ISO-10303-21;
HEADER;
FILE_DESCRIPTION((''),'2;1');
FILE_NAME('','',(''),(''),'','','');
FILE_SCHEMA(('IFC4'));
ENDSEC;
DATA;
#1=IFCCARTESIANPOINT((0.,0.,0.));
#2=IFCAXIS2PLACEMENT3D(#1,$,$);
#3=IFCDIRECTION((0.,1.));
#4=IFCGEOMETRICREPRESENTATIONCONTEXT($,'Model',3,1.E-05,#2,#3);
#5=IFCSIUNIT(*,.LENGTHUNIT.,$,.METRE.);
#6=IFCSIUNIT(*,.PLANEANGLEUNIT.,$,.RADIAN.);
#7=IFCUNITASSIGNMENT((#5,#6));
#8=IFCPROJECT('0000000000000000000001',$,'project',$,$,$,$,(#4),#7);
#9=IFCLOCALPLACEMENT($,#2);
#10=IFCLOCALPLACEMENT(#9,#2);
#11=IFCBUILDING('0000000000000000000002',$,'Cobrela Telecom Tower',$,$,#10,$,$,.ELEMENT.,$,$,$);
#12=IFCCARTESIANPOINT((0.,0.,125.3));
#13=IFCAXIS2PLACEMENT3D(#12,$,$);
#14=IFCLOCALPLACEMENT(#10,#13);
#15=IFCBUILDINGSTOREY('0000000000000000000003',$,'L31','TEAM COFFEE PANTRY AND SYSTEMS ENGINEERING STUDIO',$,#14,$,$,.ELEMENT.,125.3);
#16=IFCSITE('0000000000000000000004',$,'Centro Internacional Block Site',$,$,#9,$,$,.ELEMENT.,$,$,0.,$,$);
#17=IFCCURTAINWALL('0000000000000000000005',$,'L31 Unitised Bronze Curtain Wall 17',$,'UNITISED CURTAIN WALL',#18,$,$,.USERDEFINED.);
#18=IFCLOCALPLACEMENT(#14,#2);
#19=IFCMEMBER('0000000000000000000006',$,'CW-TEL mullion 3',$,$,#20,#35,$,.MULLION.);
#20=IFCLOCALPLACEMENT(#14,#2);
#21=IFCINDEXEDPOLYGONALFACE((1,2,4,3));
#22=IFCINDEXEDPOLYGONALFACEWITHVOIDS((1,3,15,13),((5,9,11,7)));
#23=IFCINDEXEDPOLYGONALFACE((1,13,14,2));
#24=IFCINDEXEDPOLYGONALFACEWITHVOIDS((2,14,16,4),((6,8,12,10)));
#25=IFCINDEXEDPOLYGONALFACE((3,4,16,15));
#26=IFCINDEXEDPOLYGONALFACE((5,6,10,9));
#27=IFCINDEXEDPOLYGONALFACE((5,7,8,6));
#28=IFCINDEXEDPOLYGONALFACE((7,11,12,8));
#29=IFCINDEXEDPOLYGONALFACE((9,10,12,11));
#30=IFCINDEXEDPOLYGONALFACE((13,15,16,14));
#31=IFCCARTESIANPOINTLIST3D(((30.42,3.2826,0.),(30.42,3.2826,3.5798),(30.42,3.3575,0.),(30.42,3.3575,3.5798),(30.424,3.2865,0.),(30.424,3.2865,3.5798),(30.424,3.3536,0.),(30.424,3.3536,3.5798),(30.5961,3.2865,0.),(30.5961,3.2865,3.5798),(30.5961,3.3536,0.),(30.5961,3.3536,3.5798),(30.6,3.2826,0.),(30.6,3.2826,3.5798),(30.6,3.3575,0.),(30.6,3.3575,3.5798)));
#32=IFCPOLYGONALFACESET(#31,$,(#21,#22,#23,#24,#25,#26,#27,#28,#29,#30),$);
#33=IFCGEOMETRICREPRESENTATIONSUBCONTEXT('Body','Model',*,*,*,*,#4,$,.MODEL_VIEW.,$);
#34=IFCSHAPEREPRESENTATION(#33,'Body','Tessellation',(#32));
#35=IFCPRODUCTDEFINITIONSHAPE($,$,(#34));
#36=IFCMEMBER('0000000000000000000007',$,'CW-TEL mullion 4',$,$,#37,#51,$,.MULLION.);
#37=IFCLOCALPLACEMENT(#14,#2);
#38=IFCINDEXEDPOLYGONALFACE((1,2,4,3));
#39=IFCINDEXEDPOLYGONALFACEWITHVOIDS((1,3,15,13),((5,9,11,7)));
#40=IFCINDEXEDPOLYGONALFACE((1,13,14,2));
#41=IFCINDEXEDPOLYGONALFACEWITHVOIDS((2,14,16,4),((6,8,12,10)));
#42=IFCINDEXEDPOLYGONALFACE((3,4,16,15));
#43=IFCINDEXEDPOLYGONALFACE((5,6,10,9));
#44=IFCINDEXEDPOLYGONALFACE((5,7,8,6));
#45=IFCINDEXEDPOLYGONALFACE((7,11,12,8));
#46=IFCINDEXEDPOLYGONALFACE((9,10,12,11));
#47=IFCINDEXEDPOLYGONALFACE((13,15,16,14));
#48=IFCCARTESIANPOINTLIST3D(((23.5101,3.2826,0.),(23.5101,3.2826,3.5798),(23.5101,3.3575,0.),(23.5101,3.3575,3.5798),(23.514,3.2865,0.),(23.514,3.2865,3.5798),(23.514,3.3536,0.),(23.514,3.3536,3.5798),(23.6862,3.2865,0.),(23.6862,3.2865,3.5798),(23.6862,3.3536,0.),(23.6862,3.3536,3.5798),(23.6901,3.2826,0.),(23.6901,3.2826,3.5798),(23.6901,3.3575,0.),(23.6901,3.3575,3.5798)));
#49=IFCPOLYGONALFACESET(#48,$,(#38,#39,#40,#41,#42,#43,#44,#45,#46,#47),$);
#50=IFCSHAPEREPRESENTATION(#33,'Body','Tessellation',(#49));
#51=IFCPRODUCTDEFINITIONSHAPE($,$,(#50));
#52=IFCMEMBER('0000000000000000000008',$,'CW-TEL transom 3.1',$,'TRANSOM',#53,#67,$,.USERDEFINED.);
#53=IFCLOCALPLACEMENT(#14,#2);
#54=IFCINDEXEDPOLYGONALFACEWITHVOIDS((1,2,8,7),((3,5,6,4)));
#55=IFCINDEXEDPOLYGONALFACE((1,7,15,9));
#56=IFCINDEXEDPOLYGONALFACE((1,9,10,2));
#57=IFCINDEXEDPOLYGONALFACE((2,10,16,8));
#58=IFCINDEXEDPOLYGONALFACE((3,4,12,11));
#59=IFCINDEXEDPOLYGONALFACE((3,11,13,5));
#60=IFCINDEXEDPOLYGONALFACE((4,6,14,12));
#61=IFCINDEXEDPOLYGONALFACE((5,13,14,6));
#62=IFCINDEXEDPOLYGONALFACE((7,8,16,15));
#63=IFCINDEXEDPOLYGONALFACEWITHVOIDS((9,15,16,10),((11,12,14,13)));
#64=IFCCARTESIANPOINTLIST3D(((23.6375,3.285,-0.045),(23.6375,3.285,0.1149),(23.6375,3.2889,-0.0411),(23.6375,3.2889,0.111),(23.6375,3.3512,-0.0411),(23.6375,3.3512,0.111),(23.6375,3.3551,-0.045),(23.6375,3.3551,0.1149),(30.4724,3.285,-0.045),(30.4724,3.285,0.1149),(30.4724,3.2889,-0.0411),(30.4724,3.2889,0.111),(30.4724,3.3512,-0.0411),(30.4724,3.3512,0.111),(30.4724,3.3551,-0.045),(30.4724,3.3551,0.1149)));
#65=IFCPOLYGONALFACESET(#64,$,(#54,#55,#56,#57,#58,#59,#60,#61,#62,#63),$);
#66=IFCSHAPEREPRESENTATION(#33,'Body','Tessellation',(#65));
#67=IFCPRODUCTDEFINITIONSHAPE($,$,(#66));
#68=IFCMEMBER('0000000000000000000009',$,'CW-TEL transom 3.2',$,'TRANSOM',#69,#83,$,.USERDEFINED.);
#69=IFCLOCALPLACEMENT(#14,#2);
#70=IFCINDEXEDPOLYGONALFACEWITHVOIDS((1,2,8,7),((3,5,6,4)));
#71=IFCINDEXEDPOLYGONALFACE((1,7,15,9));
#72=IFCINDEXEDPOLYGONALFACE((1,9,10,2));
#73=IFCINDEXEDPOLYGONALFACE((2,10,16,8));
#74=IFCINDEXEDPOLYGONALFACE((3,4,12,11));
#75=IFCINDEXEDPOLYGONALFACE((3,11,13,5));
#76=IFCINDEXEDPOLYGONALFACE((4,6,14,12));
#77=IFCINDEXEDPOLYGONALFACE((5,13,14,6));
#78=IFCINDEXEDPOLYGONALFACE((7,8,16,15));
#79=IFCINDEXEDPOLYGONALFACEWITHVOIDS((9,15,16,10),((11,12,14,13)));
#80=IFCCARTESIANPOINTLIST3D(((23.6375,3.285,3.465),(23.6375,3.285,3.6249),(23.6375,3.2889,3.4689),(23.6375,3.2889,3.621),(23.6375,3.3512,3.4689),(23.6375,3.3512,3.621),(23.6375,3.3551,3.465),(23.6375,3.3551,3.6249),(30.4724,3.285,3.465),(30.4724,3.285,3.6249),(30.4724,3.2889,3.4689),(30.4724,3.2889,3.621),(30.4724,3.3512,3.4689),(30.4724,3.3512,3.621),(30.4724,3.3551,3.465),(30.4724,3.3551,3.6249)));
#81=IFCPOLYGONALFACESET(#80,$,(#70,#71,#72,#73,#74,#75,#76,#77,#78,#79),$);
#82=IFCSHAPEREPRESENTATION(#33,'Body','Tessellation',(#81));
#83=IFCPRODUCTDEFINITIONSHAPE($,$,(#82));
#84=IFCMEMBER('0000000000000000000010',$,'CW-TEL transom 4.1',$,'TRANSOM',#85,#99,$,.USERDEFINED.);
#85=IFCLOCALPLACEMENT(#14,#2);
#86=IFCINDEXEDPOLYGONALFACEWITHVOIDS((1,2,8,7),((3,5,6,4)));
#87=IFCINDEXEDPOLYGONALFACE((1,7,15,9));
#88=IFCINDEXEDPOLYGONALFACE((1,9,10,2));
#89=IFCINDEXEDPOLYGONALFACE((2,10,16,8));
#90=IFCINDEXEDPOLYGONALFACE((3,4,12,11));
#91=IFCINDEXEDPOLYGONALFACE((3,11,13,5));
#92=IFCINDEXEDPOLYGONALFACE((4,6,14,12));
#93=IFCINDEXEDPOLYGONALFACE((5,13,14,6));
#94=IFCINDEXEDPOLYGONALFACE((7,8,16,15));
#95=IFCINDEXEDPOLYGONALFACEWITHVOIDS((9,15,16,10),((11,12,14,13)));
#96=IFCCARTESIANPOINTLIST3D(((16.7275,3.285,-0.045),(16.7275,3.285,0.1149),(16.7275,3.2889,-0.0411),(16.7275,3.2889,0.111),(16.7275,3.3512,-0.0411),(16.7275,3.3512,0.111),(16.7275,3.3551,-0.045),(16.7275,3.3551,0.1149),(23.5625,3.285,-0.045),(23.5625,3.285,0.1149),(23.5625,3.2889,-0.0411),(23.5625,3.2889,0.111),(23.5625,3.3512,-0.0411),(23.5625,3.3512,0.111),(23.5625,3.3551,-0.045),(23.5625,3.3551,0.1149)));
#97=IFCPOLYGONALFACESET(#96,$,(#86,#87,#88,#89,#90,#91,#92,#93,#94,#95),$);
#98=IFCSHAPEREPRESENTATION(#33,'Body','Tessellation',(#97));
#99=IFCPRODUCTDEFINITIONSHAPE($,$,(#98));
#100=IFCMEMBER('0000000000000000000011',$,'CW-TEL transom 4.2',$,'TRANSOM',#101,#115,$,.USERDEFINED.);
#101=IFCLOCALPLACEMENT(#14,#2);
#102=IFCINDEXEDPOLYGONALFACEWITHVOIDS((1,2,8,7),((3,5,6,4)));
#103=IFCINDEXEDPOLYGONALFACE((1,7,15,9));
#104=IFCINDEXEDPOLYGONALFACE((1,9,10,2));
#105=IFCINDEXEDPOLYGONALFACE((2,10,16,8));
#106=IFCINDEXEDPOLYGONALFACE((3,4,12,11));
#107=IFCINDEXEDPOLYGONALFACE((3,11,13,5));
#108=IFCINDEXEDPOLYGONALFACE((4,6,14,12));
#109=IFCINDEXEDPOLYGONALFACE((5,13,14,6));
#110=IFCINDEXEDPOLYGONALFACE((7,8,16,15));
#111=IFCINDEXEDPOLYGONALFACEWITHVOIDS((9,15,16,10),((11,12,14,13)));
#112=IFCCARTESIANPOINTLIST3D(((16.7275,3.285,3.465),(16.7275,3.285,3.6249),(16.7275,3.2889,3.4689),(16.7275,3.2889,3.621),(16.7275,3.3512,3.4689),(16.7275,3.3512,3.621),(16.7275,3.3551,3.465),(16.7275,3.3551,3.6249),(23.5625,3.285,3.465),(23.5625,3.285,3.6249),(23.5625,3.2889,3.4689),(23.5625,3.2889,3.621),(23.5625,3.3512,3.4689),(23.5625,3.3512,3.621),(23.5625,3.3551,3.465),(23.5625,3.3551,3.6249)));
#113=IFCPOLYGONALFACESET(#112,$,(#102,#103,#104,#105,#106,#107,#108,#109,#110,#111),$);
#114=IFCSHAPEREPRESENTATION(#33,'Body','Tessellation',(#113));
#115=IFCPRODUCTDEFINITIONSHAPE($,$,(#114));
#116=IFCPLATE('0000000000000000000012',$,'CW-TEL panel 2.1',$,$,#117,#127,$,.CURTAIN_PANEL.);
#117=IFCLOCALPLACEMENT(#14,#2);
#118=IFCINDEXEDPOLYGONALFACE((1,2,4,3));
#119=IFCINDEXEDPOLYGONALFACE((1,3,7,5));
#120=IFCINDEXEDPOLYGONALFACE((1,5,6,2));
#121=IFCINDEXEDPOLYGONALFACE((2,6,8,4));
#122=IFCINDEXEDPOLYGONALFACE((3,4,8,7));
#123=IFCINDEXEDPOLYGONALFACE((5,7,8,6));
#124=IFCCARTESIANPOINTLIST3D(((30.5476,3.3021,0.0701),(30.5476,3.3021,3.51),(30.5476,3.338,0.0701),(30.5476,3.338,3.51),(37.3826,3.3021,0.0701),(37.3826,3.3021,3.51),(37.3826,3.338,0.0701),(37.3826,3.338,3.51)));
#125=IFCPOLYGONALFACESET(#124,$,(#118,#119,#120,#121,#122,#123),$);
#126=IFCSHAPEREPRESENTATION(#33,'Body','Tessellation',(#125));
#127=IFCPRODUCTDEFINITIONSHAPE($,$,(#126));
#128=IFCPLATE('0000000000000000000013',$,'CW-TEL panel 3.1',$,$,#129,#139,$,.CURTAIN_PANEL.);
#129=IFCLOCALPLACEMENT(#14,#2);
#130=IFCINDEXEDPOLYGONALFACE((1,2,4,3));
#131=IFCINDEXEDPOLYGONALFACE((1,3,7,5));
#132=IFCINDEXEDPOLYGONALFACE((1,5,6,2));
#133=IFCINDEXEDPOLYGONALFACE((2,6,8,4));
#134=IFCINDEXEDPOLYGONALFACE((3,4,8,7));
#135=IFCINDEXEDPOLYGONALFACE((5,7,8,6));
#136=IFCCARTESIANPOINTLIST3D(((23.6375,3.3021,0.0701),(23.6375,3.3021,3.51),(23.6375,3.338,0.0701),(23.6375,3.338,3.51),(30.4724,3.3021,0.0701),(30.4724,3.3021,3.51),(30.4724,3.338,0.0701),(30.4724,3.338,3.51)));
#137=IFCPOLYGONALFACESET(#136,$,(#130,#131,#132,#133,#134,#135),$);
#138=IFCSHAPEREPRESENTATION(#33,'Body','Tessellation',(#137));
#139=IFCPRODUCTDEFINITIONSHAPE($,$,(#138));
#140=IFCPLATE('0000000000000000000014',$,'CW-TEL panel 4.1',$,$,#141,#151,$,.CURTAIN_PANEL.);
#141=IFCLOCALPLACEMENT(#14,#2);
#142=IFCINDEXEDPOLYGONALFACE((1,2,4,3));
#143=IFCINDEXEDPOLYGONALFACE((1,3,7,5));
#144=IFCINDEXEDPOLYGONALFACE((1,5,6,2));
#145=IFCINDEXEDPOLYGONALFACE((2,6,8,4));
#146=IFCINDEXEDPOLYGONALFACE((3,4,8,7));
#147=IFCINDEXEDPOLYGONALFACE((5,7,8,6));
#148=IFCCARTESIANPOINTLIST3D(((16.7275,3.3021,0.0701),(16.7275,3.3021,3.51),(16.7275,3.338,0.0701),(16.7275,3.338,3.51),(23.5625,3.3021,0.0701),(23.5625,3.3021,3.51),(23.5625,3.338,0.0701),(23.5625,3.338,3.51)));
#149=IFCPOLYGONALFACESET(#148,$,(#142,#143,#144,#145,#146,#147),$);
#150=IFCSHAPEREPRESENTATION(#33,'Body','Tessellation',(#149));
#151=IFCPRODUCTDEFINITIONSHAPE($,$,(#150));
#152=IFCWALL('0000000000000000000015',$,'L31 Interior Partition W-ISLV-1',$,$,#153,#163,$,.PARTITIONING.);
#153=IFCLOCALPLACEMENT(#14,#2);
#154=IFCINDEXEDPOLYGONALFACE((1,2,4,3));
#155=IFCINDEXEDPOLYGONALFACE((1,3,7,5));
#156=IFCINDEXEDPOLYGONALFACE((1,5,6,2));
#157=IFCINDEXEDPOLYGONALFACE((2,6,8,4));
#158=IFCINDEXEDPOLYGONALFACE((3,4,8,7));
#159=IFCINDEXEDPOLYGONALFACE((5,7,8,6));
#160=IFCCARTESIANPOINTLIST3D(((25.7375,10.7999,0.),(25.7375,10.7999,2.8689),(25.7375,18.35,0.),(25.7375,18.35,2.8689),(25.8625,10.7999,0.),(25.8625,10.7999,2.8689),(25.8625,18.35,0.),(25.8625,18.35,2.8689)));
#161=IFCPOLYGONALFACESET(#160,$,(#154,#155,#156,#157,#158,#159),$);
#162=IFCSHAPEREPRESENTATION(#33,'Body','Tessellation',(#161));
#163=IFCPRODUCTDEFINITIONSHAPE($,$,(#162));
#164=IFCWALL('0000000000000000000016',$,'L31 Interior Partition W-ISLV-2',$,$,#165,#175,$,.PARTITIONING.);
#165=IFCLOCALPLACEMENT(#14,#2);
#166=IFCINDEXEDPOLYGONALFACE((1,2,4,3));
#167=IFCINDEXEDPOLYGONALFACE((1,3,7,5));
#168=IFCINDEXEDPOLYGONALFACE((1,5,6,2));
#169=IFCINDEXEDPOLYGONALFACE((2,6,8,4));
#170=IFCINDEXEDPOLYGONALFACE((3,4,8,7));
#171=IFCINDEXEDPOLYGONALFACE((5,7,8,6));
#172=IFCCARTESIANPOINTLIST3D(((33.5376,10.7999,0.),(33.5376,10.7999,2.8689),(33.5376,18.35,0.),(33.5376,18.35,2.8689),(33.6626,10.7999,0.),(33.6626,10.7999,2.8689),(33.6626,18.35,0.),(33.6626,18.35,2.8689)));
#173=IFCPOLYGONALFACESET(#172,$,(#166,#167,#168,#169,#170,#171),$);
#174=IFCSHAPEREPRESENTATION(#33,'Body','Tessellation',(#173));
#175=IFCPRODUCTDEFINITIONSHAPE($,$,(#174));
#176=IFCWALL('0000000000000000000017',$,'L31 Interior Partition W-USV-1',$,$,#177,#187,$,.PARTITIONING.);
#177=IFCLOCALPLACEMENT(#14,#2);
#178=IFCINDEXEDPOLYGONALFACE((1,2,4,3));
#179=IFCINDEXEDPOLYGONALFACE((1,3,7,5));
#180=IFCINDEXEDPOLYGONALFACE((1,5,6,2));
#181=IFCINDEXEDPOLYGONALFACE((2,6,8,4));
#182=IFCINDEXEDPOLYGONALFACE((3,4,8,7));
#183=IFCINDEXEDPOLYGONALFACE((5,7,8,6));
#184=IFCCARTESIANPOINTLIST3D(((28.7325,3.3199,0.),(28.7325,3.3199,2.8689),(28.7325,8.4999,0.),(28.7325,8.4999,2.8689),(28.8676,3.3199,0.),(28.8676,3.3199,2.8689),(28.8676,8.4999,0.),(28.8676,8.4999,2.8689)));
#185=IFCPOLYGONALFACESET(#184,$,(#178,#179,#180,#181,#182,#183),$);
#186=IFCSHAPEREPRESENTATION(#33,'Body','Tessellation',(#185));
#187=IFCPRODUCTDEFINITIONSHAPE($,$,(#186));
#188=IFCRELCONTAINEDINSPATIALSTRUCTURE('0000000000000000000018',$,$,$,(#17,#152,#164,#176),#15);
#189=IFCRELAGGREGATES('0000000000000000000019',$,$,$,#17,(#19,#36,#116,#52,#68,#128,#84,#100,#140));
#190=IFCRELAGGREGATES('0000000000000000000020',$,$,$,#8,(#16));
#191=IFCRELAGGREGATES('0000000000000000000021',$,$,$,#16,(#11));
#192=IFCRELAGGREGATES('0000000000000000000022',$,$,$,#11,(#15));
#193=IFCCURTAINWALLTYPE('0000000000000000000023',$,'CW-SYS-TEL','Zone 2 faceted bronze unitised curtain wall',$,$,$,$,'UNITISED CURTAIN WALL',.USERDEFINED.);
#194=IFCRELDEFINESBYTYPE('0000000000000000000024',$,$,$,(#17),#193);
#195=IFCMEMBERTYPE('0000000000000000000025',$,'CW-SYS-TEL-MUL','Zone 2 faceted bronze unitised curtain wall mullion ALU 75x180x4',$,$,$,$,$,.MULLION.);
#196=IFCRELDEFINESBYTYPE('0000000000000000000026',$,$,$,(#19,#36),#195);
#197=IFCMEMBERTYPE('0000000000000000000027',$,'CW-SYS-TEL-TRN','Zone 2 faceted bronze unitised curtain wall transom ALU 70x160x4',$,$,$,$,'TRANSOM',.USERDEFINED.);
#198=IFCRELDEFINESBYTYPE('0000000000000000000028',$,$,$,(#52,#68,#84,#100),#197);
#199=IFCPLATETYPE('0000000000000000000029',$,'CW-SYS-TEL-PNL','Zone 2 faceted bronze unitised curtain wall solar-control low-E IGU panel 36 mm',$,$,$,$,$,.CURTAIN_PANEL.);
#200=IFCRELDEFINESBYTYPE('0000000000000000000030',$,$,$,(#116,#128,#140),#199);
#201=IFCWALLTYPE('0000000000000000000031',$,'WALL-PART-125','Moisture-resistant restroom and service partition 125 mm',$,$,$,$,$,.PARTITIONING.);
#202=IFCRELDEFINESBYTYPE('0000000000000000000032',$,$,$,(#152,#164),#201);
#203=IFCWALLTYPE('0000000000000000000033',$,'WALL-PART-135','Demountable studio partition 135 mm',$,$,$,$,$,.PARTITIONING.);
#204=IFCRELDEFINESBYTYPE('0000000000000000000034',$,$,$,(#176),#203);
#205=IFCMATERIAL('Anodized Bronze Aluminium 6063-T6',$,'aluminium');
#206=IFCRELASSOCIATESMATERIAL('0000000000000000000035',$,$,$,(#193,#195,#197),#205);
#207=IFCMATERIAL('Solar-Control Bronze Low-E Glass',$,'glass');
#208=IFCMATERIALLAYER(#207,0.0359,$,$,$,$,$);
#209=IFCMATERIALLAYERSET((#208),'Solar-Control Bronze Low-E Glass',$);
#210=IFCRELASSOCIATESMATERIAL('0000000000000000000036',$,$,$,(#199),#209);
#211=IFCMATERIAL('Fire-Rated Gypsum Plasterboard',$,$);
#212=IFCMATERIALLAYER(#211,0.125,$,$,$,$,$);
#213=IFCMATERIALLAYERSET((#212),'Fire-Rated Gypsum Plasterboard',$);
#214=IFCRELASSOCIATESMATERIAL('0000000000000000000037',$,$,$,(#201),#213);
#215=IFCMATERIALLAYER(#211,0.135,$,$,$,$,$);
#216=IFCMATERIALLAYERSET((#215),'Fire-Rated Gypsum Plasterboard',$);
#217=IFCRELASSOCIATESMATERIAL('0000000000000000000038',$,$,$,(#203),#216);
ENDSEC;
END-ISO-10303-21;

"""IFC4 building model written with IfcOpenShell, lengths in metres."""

from ifc_helpers import new_model, si_unit, direction, frame, frame_2d, origin, origin_2d, place, context, subcontext, project, spatial, rectangle, hollow_rectangle, extrude, material, layer, layer_set, material_profile, profile_set, type_object, element, aggregate, save


model = new_model("IFC4")

# Units and contexts
model_context = context("Model", 3, precision=1e-05, world=origin(), true_north=direction((0.0, 1.0)))
body_context = subcontext(model_context, "Body", "Model", "MODEL_VIEW")
ifc_project = project(units=[si_unit("LENGTHUNIT", "METRE"), si_unit("PLANEANGLEUNIT", "RADIAN")], contexts=[model_context])

# Site, building, storey
site_placement = place(None, origin())
site = spatial("IfcSite", under=ifc_project, at=site_placement, Name="Centro Internacional Block Site", CompositionType="ELEMENT", RefElevation=0.0)
building_placement = place(site_placement, origin())
building = spatial("IfcBuilding", under=site, at=building_placement, Name="Cobrela Telecom Tower", CompositionType="ELEMENT")
storey_placement = place(building_placement, frame((0.0, 0.0, 125.3)))
storey = spatial("IfcBuildingStorey", under=building, at=storey_placement, Name="L31", Description="TEAM COFFEE PANTRY AND SYSTEMS ENGINEERING STUDIO", CompositionType="ELEMENT", Elevation=125.3)

# Curtain wall, members, plates
ifc_material_1 = material(Name="Anodized Bronze Aluminium 6063-T6", Category="aluminium")
curtain_wall_type = type_object("IfcCurtainWallType", Name="CW-SYS-TEL", Description="Zone 2 faceted bronze unitised curtain wall", ElementType="UNITISED CURTAIN WALL", PredefinedType="USERDEFINED", material=ifc_material_1)
curtain_wall_placement = place(storey_placement, origin())
curtain_wall = element("IfcCurtainWall", 1, at=curtain_wall_placement, inside=storey, type_object=curtain_wall_type, Name="L31 Unitised Bronze Curtain Wall 17", ObjectType="UNITISED CURTAIN WALL", PredefinedType="USERDEFINED")
ifc_material_profile_1 = material_profile(ifc_material_1, hollow_rectangle(XDim=0.075, YDim=0.1799, WallThickness=0.0039, at=origin_2d()), Name="ALU 75x180x4")
ifc_profile_set_1 = profile_set([ifc_material_profile_1], Name="Anodized Bronze Aluminium 6063-T6")
member_type_1 = type_object("IfcMemberType", Name="CW-SYS-TEL-MUL", Description="Zone 2 faceted bronze unitised curtain wall mullion ALU 75x180x4", PredefinedType="MULLION", material=ifc_profile_set_1)
member_1_placement = place(storey_placement, frame((30.51, 3.3201, 0.0), z_axis=(0.0, 0.0, 1.0), x_axis=(0.0, -1.0, 0.0)))
member_1 = element("IfcMember", 2, at=member_1_placement, type_object=member_type_1, Name="CW-TEL mullion 3", PredefinedType="MULLION", context=body_context, shape_type="SweptSolid", body=[
    extrude(hollow_rectangle(XDim=0.075, YDim=0.1799, WallThickness=0.0039, at=origin_2d()), origin(), (0.0, 0.0, 1.0), 3.5798),
])
member_2_placement = place(storey_placement, frame((23.6001, 3.3201, 0.0), z_axis=(0.0, 0.0, 1.0), x_axis=(0.0, -1.0, 0.0)))
member_2 = element("IfcMember", 3, at=member_2_placement, type_object=member_type_1, Name="CW-TEL mullion 4", PredefinedType="MULLION", context=body_context, shape_type="SweptSolid", body=[
    extrude(hollow_rectangle(XDim=0.075, YDim=0.1799, WallThickness=0.0039, at=origin_2d()), origin(), (0.0, 0.0, 1.0), 3.5798),
])
ifc_material_profile_2 = material_profile(ifc_material_1, hollow_rectangle(XDim=0.0701, YDim=0.1599, WallThickness=0.0039, at=origin_2d()), Name="ALU 70x160x4")
ifc_profile_set_2 = profile_set([ifc_material_profile_2], Name="Anodized Bronze Aluminium 6063-T6")
member_type_2 = type_object("IfcMemberType", Name="CW-SYS-TEL-TRN", Description="Zone 2 faceted bronze unitised curtain wall transom ALU 70x160x4", ElementType="TRANSOM", PredefinedType="USERDEFINED", material=ifc_profile_set_2)
member_3_placement = place(storey_placement, frame((30.4724, 3.3201, 0.0349), z_axis=(-1.0, 0.0, 0.0), x_axis=(0.0, -1.0, 0.0)))
member_3 = element("IfcMember", 4, at=member_3_placement, type_object=member_type_2, Name="CW-TEL transom 3.1", ObjectType="TRANSOM", PredefinedType="USERDEFINED", context=body_context, shape_type="SweptSolid", body=[
    extrude(hollow_rectangle(XDim=0.0701, YDim=0.1599, WallThickness=0.0039, at=origin_2d()), origin(), (0.0, 0.0, 1.0), 6.835),
])
member_4_placement = place(storey_placement, frame((30.4724, 3.3201, 3.5449), z_axis=(-1.0, 0.0, 0.0), x_axis=(0.0, -1.0, 0.0)))
member_4 = element("IfcMember", 5, at=member_4_placement, type_object=member_type_2, Name="CW-TEL transom 3.2", ObjectType="TRANSOM", PredefinedType="USERDEFINED", context=body_context, shape_type="SweptSolid", body=[
    extrude(hollow_rectangle(XDim=0.0701, YDim=0.1599, WallThickness=0.0039, at=origin_2d()), origin(), (0.0, 0.0, 1.0), 6.835),
])
member_5_placement = place(storey_placement, frame((23.5625, 3.3201, 0.0349), z_axis=(-1.0, 0.0, 0.0), x_axis=(0.0, -1.0, 0.0)))
member_5 = element("IfcMember", 6, at=member_5_placement, type_object=member_type_2, Name="CW-TEL transom 4.1", ObjectType="TRANSOM", PredefinedType="USERDEFINED", context=body_context, shape_type="SweptSolid", body=[
    extrude(hollow_rectangle(XDim=0.0701, YDim=0.1599, WallThickness=0.0039, at=origin_2d()), origin(), (0.0, 0.0, 1.0), 6.835),
])
member_6_placement = place(storey_placement, frame((23.5625, 3.3201, 3.5449), z_axis=(-1.0, 0.0, 0.0), x_axis=(0.0, -1.0, 0.0)))
member_6 = element("IfcMember", 7, at=member_6_placement, type_object=member_type_2, Name="CW-TEL transom 4.2", ObjectType="TRANSOM", PredefinedType="USERDEFINED", context=body_context, shape_type="SweptSolid", body=[
    extrude(hollow_rectangle(XDim=0.0701, YDim=0.1599, WallThickness=0.0039, at=origin_2d()), origin(), (0.0, 0.0, 1.0), 6.835),
])
ifc_material_2 = material(Name="Solar-Control Bronze Low-E Glass", Category="glass")
ifc_layer_1 = layer(ifc_material_2, 0.0359)
ifc_layer_set_1 = layer_set([ifc_layer_1], Name="Solar-Control Bronze Low-E Glass")
plate_type = type_object("IfcPlateType", Name="CW-SYS-TEL-PNL", Description="Zone 2 faceted bronze unitised curtain wall solar-control low-E IGU panel 36 mm", PredefinedType="CURTAIN_PANEL", material=ifc_layer_set_1)
plate_1_placement = place(storey_placement, frame((33.9651, 3.3201, 0.0701), z_axis=(0.0, 0.0, 1.0), x_axis=(-1.0, 0.0, 0.0)))
plate_1 = element("IfcPlate", 8, at=plate_1_placement, type_object=plate_type, Name="CW-TEL panel 2.1", PredefinedType="CURTAIN_PANEL", context=body_context, shape_type="SweptSolid", body=[
    extrude(rectangle(XDim=6.835, YDim=0.0359, at=origin_2d()), origin(), (0.0, 0.0, 1.0), 3.4399),
])
plate_2_placement = place(storey_placement, frame((27.0549, 3.3201, 0.0701), z_axis=(0.0, 0.0, 1.0), x_axis=(-1.0, 0.0, 0.0)))
plate_2 = element("IfcPlate", 9, at=plate_2_placement, type_object=plate_type, Name="CW-TEL panel 3.1", PredefinedType="CURTAIN_PANEL", context=body_context, shape_type="SweptSolid", body=[
    extrude(rectangle(XDim=6.835, YDim=0.0359, at=origin_2d()), origin(), (0.0, 0.0, 1.0), 3.4399),
])
plate_3_placement = place(storey_placement, frame((20.145, 3.3201, 0.0701), z_axis=(0.0, 0.0, 1.0), x_axis=(-1.0, 0.0, 0.0)))
plate_3 = element("IfcPlate", 10, at=plate_3_placement, type_object=plate_type, Name="CW-TEL panel 4.1", PredefinedType="CURTAIN_PANEL", context=body_context, shape_type="SweptSolid", body=[
    extrude(rectangle(XDim=6.835, YDim=0.0359, at=origin_2d()), origin(), (0.0, 0.0, 1.0), 3.4399),
])
aggregate(curtain_wall, [member_1, member_2, plate_1, member_3, member_4, plate_2, member_5, member_6, plate_3])

# Walls
ifc_material_3 = material(Name="Fire-Rated Gypsum Plasterboard")
ifc_layer_2 = layer(ifc_material_3, 0.125)
ifc_layer_set_2 = layer_set([ifc_layer_2], Name="Fire-Rated Gypsum Plasterboard")
wall_type_1 = type_object("IfcWallType", Name="WALL-PART-125", Description="Moisture-resistant restroom and service partition 125 mm", PredefinedType="PARTITIONING", material=ifc_layer_set_2)
for number, where, z_axis, x_axis, name in (
    (11, (25.8, 10.8, 0.0), (0.0, 0.0, 1.0), (0.0, 1.0, 0.0), "L31 Interior Partition W-ISLV-1"),
    (12, (33.6001, 10.8, 0.0), (0.0, 0.0, 1.0), (0.0, 1.0, 0.0), "L31 Interior Partition W-ISLV-2"),
):
    element("IfcWall", number, at=place(storey_placement, frame(where, z_axis=z_axis, x_axis=x_axis)), inside=storey, type_object=wall_type_1, Name=name, PredefinedType="PARTITIONING", context=body_context, shape_type="SweptSolid", body=[
        extrude(rectangle(XDim=7.55, YDim=0.125, at=frame_2d((3.7749, 0.0))), origin(), (0.0, 0.0, 1.0), 2.8689),
    ])
ifc_layer_3 = layer(ifc_material_3, 0.135)
ifc_layer_set_3 = layer_set([ifc_layer_3], Name="Fire-Rated Gypsum Plasterboard")
wall_type_2 = type_object("IfcWallType", Name="WALL-PART-135", Description="Demountable studio partition 135 mm", PredefinedType="PARTITIONING", material=ifc_layer_set_3)
wall_placement = place(storey_placement, frame((28.8, 3.3201, 0.0), z_axis=(0.0, 0.0, 1.0), x_axis=(0.0, 1.0, 0.0)))
element("IfcWall", 13, at=wall_placement, inside=storey, type_object=wall_type_2, Name="L31 Interior Partition W-USV-1", PredefinedType="PARTITIONING", context=body_context, shape_type="SweptSolid", body=[
    extrude(rectangle(XDim=5.1799, YDim=0.135, at=frame_2d((2.5898, 0.0))), origin(), (0.0, 0.0, 1.0), 2.8689),
])

save(model, "model.ifc")
